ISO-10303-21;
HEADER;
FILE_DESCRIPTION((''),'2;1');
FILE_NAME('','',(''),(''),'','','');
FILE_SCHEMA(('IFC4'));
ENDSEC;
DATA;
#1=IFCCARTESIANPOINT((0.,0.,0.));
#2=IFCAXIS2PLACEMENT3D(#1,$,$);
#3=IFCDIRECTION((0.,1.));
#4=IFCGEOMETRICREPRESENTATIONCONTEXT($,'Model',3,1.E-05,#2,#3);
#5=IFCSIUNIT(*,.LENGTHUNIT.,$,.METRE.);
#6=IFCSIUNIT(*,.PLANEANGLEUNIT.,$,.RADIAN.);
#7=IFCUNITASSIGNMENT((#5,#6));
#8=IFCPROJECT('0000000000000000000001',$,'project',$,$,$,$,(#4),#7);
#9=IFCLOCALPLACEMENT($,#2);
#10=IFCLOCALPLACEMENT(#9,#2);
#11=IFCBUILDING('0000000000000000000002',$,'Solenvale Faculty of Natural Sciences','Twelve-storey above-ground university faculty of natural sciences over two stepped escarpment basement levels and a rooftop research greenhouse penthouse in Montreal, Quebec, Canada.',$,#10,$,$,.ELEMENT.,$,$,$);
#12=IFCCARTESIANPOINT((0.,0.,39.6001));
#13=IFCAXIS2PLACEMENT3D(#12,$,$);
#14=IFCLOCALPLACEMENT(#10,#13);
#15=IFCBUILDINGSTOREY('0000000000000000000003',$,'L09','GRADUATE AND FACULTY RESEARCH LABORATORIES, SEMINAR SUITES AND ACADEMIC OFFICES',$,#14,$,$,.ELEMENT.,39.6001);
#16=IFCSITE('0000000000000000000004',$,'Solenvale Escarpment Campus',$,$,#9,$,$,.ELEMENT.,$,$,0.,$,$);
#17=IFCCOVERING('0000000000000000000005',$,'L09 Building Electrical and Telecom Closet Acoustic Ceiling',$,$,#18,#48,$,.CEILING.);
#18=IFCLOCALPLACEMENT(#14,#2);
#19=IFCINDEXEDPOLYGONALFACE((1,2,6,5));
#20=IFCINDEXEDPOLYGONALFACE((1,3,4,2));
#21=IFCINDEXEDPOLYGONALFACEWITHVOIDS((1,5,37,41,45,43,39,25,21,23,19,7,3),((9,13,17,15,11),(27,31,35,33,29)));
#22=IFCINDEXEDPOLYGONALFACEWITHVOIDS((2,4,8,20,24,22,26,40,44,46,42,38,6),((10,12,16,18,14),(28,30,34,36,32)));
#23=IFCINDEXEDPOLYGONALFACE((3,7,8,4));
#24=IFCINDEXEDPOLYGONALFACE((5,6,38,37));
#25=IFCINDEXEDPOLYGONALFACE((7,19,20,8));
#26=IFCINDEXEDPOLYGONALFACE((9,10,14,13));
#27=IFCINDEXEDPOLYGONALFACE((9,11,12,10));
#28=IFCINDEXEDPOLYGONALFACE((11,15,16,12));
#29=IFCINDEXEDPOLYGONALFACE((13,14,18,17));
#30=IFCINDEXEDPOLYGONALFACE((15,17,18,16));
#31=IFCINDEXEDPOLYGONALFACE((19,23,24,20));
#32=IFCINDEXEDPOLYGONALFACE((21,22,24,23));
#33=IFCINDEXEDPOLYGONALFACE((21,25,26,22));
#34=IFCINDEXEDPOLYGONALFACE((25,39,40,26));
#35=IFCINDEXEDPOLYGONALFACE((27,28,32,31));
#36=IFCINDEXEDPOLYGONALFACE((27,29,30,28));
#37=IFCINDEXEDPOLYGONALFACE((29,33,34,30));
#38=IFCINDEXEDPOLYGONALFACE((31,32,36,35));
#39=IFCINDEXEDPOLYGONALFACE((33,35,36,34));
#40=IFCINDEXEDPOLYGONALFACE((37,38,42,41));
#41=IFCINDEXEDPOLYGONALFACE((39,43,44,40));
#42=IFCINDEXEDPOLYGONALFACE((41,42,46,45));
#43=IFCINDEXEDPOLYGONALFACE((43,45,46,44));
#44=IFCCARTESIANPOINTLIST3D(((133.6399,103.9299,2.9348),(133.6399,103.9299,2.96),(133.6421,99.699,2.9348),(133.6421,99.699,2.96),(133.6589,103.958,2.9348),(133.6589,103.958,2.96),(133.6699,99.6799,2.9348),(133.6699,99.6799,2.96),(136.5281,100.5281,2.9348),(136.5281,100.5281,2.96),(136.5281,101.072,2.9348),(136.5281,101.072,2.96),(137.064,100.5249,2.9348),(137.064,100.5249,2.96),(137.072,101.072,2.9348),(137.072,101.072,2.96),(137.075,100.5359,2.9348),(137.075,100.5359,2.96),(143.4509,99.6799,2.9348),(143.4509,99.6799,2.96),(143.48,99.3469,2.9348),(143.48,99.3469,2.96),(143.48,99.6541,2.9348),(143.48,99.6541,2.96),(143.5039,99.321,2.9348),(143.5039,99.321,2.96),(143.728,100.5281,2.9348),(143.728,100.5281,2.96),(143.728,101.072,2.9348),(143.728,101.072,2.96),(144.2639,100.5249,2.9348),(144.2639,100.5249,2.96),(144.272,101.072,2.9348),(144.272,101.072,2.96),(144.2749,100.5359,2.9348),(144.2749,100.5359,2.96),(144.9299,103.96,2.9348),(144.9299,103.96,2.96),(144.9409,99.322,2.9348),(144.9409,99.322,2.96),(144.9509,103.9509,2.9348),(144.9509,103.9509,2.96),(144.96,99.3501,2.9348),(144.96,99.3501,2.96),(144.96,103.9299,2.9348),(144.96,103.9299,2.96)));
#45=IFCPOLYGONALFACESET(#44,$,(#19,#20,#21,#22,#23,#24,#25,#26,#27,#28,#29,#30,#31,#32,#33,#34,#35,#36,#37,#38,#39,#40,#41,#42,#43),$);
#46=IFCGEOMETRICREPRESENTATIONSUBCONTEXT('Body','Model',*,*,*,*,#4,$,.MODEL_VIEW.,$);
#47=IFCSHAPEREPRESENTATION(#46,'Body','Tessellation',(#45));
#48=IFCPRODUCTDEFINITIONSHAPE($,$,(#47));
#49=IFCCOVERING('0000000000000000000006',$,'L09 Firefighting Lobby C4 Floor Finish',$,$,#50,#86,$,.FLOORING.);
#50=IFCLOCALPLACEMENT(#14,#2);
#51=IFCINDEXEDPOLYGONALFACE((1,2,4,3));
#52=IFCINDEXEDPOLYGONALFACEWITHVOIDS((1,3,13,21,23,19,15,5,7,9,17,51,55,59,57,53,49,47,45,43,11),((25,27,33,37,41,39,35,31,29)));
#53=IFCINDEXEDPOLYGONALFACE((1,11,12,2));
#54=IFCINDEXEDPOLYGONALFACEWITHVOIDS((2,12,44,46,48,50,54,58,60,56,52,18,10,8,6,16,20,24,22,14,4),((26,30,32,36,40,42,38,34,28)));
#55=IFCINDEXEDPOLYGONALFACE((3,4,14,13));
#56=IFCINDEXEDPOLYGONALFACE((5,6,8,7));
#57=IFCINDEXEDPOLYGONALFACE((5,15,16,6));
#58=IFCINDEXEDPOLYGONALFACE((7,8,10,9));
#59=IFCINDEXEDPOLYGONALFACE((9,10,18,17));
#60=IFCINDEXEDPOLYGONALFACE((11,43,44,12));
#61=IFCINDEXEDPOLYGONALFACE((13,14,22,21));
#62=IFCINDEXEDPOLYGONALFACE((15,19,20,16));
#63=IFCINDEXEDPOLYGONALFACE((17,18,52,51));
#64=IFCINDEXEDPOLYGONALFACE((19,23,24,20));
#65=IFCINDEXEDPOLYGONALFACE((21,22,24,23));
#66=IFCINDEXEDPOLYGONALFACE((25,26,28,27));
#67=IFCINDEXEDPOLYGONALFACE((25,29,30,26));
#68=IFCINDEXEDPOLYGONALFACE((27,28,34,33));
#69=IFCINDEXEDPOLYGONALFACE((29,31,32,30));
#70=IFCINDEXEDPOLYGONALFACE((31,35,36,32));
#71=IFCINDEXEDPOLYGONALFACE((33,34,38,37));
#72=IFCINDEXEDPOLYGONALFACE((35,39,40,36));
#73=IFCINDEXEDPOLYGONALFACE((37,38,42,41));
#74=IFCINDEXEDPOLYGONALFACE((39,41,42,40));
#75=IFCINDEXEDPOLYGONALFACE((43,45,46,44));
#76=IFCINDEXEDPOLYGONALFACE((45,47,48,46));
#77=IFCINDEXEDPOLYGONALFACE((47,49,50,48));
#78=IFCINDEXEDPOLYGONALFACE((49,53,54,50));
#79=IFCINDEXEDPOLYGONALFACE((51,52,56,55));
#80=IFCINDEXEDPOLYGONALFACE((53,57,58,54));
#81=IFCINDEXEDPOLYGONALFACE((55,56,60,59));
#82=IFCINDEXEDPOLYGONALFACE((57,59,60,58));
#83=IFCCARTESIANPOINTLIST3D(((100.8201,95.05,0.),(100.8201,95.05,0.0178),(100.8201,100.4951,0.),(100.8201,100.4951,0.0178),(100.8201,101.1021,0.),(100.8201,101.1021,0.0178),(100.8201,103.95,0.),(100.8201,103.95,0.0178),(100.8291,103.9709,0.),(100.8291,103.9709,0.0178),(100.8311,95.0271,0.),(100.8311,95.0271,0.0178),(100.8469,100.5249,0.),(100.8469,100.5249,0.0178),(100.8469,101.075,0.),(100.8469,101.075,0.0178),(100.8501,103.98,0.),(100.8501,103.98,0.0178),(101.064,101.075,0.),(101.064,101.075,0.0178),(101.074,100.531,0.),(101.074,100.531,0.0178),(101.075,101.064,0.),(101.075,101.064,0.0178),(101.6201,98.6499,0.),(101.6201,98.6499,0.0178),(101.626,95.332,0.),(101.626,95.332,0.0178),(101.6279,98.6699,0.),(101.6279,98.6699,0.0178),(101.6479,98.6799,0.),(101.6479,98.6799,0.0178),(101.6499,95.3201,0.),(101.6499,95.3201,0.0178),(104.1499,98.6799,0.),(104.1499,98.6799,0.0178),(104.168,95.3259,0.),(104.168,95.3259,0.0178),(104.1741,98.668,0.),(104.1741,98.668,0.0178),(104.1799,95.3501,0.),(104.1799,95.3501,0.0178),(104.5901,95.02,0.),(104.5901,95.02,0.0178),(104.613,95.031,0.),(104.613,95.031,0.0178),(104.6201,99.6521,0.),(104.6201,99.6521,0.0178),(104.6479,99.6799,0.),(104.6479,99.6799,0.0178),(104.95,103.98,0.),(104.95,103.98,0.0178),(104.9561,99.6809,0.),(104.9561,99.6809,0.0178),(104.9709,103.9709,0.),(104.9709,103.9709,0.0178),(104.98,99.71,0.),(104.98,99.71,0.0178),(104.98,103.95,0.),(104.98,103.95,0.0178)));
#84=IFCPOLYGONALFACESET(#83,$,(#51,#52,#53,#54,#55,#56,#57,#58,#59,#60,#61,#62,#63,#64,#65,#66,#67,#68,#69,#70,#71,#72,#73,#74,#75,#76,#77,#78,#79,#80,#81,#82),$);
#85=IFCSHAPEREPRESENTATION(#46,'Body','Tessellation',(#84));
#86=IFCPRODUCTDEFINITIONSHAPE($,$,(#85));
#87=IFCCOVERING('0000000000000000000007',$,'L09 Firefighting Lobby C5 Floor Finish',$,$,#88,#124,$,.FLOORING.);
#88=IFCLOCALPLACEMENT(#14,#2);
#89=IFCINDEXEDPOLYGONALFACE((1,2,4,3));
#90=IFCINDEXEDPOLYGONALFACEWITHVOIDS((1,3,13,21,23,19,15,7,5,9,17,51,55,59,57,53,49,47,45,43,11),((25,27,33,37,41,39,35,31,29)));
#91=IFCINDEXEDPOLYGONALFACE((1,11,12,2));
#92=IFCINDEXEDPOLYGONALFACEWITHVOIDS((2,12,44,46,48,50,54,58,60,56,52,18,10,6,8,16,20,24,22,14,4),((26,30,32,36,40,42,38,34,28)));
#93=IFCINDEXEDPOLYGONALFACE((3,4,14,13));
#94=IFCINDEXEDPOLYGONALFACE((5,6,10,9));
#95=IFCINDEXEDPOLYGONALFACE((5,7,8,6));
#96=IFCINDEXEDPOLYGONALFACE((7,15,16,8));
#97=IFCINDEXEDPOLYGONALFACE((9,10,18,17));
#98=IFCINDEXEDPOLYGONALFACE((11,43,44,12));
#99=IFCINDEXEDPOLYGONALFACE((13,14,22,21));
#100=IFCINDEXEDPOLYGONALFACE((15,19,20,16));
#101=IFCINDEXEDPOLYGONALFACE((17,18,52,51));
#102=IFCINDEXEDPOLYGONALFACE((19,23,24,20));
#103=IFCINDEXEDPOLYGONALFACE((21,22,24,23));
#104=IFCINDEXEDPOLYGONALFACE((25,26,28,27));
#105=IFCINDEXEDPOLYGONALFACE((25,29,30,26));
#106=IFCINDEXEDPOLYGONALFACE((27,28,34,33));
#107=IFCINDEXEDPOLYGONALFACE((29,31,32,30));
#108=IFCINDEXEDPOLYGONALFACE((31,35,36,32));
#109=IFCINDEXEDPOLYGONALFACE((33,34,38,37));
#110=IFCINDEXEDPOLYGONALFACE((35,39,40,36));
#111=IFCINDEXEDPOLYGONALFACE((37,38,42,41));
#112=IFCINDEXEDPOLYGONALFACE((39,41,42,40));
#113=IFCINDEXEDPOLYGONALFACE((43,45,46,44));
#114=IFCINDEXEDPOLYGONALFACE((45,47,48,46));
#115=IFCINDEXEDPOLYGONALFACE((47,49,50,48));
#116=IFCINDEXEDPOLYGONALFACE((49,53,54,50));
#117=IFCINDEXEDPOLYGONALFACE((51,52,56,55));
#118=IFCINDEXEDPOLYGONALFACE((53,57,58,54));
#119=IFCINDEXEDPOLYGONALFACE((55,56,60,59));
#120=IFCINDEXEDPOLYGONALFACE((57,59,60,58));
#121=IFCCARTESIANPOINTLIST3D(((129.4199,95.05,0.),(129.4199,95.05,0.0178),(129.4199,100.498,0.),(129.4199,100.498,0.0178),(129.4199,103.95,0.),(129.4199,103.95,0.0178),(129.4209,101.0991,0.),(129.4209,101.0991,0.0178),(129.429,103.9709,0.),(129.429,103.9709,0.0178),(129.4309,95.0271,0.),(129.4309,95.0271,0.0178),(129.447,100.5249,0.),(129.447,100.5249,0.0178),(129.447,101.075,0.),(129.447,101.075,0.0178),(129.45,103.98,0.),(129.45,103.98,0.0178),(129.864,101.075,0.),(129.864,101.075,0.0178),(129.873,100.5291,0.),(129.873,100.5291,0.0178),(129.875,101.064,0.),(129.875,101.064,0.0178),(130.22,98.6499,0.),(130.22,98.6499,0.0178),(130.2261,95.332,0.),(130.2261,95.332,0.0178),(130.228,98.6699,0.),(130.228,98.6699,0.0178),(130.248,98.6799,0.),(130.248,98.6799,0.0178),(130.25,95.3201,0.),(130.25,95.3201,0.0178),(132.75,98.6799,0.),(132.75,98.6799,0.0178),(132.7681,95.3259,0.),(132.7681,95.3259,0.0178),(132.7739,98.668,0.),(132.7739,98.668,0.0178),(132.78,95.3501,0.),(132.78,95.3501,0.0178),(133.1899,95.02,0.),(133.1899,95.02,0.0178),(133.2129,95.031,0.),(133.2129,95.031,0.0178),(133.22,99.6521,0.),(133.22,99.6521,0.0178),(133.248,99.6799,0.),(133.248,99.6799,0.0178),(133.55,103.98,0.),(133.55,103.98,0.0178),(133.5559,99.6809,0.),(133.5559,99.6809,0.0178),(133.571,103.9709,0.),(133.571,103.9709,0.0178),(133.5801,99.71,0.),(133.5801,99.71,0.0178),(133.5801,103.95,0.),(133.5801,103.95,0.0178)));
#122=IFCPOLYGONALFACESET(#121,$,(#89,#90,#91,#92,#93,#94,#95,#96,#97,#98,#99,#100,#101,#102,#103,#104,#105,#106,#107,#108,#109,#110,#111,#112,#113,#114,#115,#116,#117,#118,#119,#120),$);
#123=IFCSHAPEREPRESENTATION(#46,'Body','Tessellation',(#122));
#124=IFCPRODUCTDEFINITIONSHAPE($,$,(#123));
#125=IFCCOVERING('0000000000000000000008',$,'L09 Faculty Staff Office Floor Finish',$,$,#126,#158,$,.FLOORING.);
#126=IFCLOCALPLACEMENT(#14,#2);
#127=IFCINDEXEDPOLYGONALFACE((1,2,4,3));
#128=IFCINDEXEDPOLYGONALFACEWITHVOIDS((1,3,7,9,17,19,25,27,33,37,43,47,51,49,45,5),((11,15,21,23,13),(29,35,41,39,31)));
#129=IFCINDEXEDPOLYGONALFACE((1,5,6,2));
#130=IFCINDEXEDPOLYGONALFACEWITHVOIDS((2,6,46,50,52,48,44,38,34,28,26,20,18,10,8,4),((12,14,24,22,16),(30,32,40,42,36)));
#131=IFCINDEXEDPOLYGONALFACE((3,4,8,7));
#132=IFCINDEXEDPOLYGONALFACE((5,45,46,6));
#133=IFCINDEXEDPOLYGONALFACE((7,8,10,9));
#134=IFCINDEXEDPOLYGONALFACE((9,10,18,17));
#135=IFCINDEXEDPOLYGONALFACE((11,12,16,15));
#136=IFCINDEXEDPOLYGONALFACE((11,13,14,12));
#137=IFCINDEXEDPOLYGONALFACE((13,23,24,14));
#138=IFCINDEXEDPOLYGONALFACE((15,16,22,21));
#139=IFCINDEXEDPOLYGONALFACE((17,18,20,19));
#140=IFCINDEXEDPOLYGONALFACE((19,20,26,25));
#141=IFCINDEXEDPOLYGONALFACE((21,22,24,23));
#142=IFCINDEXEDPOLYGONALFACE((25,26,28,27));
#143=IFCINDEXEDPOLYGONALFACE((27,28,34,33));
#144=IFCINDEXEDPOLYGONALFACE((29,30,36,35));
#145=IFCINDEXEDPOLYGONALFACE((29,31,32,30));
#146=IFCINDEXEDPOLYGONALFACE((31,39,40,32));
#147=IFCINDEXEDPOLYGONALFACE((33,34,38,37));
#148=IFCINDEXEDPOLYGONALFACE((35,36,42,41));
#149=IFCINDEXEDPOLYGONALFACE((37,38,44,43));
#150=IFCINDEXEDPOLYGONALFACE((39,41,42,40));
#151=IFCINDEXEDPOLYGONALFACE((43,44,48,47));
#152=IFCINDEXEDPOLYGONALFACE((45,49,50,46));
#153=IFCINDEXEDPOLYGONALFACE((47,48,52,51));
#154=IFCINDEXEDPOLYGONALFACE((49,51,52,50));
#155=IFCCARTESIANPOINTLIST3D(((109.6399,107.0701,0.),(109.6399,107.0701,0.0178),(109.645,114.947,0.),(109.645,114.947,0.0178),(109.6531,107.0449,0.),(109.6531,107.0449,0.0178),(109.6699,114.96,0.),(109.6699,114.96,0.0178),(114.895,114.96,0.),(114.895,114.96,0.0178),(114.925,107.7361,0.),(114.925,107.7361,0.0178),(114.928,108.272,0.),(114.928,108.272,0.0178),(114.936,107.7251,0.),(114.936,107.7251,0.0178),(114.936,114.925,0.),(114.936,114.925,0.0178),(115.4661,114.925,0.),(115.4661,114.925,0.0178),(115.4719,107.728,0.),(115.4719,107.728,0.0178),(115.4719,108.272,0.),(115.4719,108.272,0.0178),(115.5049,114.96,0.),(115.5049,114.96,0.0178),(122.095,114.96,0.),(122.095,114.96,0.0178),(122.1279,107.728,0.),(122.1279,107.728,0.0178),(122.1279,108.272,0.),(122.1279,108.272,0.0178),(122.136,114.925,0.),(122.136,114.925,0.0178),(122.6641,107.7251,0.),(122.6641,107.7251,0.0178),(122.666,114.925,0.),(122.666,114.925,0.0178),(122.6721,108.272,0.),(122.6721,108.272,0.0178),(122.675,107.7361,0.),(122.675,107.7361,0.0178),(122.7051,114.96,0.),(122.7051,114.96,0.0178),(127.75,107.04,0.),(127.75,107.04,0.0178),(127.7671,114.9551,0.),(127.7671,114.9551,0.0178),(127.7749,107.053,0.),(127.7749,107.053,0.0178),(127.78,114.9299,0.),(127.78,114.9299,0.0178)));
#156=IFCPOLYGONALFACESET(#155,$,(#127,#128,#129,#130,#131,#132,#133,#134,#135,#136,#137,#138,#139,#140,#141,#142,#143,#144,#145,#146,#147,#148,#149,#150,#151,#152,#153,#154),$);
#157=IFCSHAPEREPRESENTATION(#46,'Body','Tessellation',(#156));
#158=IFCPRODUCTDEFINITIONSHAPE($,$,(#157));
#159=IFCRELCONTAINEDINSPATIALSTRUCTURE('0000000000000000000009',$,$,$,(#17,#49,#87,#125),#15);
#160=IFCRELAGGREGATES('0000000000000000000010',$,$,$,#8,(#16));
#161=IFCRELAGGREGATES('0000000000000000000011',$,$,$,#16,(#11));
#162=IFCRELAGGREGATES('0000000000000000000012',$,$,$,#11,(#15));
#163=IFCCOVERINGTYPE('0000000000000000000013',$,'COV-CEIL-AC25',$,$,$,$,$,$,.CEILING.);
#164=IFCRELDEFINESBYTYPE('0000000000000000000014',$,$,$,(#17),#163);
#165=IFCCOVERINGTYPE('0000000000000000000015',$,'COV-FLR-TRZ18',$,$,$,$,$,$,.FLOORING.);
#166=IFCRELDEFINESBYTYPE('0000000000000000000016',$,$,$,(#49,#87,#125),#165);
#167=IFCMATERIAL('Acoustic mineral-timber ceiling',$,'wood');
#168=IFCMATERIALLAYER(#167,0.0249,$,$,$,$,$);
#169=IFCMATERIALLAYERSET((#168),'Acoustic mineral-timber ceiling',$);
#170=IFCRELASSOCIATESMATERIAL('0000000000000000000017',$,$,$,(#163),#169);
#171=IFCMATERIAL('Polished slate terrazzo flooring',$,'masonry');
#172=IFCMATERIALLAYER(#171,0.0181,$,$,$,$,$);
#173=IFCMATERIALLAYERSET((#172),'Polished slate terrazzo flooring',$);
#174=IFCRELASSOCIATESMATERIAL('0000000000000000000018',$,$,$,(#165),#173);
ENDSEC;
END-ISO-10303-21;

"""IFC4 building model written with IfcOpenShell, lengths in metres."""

from ifc_helpers import new_model, si_unit, direction, frame, origin, place, context, subcontext, project, spatial, polyline, outline, extrude, material, layer, layer_set, type_object, element, save


model = new_model("IFC4")

# Units and contexts
model_context = context("Model", 3, precision=1e-05, world=origin(), true_north=direction((0.0, 1.0)))
body_context = subcontext(model_context, "Body", "Model", "MODEL_VIEW")
ifc_project = project(units=[si_unit("LENGTHUNIT", "METRE"), si_unit("PLANEANGLEUNIT", "RADIAN")], contexts=[model_context])

# Site, building, storey
site_placement = place(None, origin())
site = spatial("IfcSite", under=ifc_project, at=site_placement, Name="Solenvale Escarpment Campus", CompositionType="ELEMENT", RefElevation=0.0)
building_placement = place(site_placement, origin())
building = spatial("IfcBuilding", under=site, at=building_placement, Name="Solenvale Faculty of Natural Sciences", Description="Twelve-storey above-ground university faculty of natural sciences over two stepped escarpment basement levels and a rooftop research greenhouse penthouse in Montreal, Quebec, Canada.", CompositionType="ELEMENT")
storey_placement = place(building_placement, frame((0.0, 0.0, 39.6001)))
storey = spatial("IfcBuildingStorey", under=building, at=storey_placement, Name="L09", Description="GRADUATE AND FACULTY RESEARCH LABORATORIES, SEMINAR SUITES AND ACADEMIC OFFICES", CompositionType="ELEMENT", Elevation=39.6001)

# Coverings
ifc_material_1 = material(Name="Acoustic mineral-timber ceiling", Category="wood")
ifc_layer_1 = layer(ifc_material_1, 0.0249)
ifc_layer_set_1 = layer_set([ifc_layer_1], Name="Acoustic mineral-timber ceiling")
covering_type_1 = type_object("IfcCoveringType", Name="COV-CEIL-AC25", PredefinedType="CEILING", material=ifc_layer_set_1)
covering_1_placement = place(storey_placement, frame((0.0, 0.0, 2.9348)))
element("IfcCovering", 1, at=covering_1_placement, inside=storey, type_object=covering_type_1, Name="L09 Building Electrical and Telecom Closet Acoustic Ceiling", PredefinedType="CEILING", context=body_context, shape_type="SweptSolid", body=[
    extrude(outline(polyline([(144.9299, 103.96), (144.9509, 103.9509), (144.96, 103.9299), (144.96, 99.3501), (144.9409, 99.322), (143.5039, 99.321), (143.48, 99.3469), (143.48, 99.6541), (143.4509, 99.6799), (133.6699, 99.6799), (133.6421, 99.699), (133.6399, 103.9299), (133.6589, 103.958), (144.9299, 103.96)]), holes=[polyline([(144.2639, 100.5249), (144.2749, 100.5359), (144.272, 101.072), (143.728, 101.072), (143.728, 100.5281), (144.2639, 100.5249)]), polyline([(137.064, 100.5249), (137.075, 100.5359), (137.072, 101.072), (136.5281, 101.072), (136.5281, 100.5281), (137.064, 100.5249)])]), origin(), (0.0, 0.0, 1.0), 0.0251),
])
ifc_material_2 = material(Name="Polished slate terrazzo flooring", Category="masonry")
ifc_layer_2 = layer(ifc_material_2, 0.0181)
ifc_layer_set_2 = layer_set([ifc_layer_2], Name="Polished slate terrazzo flooring")
covering_type_2 = type_object("IfcCoveringType", Name="COV-FLR-TRZ18", PredefinedType="FLOORING", material=ifc_layer_set_2)
covering_2_placement = place(storey_placement, origin())
element("IfcCovering", 2, at=covering_2_placement, inside=storey, type_object=covering_type_2, Name="L09 Firefighting Lobby C4 Floor Finish", PredefinedType="FLOORING", context=body_context, shape_type="SweptSolid", body=[
    extrude(outline(polyline([(104.98, 99.71), (104.9561, 99.6809), (104.6479, 99.6799), (104.6201, 99.6521), (104.613, 95.031), (104.5901, 95.02), (100.8311, 95.0271), (100.8201, 95.05), (100.8201, 100.4951), (100.8469, 100.5249), (101.074, 100.531), (101.075, 101.064), (101.064, 101.075), (100.8469, 101.075), (100.8201, 101.1021), (100.8201, 103.95), (100.8291, 103.9709), (100.8501, 103.98), (104.95, 103.98), (104.9709, 103.9709), (104.98, 103.95), (104.98, 99.71)]), holes=[polyline([(101.6479, 98.6799), (101.6279, 98.6699), (101.6201, 98.6499), (101.626, 95.332), (101.6499, 95.3201), (104.168, 95.3259), (104.1799, 95.3501), (104.1741, 98.668), (104.1499, 98.6799), (101.6479, 98.6799)])]), origin(), (0.0, 0.0, 1.0), 0.0178),
])
covering_3_placement = place(storey_placement, origin())
element("IfcCovering", 3, at=covering_3_placement, inside=storey, type_object=covering_type_2, Name="L09 Firefighting Lobby C5 Floor Finish", PredefinedType="FLOORING", context=body_context, shape_type="SweptSolid", body=[
    extrude(outline(polyline([(133.5801, 99.71), (133.5559, 99.6809), (133.248, 99.6799), (133.22, 99.6521), (133.2129, 95.031), (133.1899, 95.02), (129.4309, 95.0271), (129.4199, 95.05), (129.4199, 100.498), (129.447, 100.5249), (129.873, 100.5291), (129.875, 101.064), (129.864, 101.075), (129.447, 101.075), (129.4209, 101.0991), (129.4199, 103.95), (129.429, 103.9709), (129.45, 103.98), (133.55, 103.98), (133.571, 103.9709), (133.5801, 103.95), (133.5801, 99.71)]), holes=[polyline([(130.248, 98.6799), (130.228, 98.6699), (130.22, 98.6499), (130.2261, 95.332), (130.25, 95.3201), (132.7681, 95.3259), (132.78, 95.3501), (132.7739, 98.668), (132.75, 98.6799), (130.248, 98.6799)])]), origin(), (0.0, 0.0, 1.0), 0.0178),
])
covering_4_placement = place(storey_placement, origin())
element("IfcCovering", 4, at=covering_4_placement, inside=storey, type_object=covering_type_2, Name="L09 Faculty Staff Office Floor Finish", PredefinedType="FLOORING", context=body_context, shape_type="SweptSolid", body=[
    extrude(outline(polyline([(114.895, 114.96), (114.936, 114.925), (115.4661, 114.925), (115.5049, 114.96), (122.095, 114.96), (122.136, 114.925), (122.666, 114.925), (122.7051, 114.96), (127.7671, 114.9551), (127.78, 114.9299), (127.7749, 107.053), (127.75, 107.04), (109.6531, 107.0449), (109.6399, 107.0701), (109.645, 114.947), (109.6699, 114.96), (114.895, 114.96)]), holes=[polyline([(122.6641, 107.7251), (122.675, 107.7361), (122.6721, 108.272), (122.1279, 108.272), (122.1279, 107.728), (122.6641, 107.7251)]), polyline([(114.925, 107.7361), (114.936, 107.7251), (115.4719, 107.728), (115.4719, 108.272), (114.928, 108.272), (114.925, 107.7361)])]), origin(), (0.0, 0.0, 1.0), 0.0178),
])

save(model, "model.ifc")
